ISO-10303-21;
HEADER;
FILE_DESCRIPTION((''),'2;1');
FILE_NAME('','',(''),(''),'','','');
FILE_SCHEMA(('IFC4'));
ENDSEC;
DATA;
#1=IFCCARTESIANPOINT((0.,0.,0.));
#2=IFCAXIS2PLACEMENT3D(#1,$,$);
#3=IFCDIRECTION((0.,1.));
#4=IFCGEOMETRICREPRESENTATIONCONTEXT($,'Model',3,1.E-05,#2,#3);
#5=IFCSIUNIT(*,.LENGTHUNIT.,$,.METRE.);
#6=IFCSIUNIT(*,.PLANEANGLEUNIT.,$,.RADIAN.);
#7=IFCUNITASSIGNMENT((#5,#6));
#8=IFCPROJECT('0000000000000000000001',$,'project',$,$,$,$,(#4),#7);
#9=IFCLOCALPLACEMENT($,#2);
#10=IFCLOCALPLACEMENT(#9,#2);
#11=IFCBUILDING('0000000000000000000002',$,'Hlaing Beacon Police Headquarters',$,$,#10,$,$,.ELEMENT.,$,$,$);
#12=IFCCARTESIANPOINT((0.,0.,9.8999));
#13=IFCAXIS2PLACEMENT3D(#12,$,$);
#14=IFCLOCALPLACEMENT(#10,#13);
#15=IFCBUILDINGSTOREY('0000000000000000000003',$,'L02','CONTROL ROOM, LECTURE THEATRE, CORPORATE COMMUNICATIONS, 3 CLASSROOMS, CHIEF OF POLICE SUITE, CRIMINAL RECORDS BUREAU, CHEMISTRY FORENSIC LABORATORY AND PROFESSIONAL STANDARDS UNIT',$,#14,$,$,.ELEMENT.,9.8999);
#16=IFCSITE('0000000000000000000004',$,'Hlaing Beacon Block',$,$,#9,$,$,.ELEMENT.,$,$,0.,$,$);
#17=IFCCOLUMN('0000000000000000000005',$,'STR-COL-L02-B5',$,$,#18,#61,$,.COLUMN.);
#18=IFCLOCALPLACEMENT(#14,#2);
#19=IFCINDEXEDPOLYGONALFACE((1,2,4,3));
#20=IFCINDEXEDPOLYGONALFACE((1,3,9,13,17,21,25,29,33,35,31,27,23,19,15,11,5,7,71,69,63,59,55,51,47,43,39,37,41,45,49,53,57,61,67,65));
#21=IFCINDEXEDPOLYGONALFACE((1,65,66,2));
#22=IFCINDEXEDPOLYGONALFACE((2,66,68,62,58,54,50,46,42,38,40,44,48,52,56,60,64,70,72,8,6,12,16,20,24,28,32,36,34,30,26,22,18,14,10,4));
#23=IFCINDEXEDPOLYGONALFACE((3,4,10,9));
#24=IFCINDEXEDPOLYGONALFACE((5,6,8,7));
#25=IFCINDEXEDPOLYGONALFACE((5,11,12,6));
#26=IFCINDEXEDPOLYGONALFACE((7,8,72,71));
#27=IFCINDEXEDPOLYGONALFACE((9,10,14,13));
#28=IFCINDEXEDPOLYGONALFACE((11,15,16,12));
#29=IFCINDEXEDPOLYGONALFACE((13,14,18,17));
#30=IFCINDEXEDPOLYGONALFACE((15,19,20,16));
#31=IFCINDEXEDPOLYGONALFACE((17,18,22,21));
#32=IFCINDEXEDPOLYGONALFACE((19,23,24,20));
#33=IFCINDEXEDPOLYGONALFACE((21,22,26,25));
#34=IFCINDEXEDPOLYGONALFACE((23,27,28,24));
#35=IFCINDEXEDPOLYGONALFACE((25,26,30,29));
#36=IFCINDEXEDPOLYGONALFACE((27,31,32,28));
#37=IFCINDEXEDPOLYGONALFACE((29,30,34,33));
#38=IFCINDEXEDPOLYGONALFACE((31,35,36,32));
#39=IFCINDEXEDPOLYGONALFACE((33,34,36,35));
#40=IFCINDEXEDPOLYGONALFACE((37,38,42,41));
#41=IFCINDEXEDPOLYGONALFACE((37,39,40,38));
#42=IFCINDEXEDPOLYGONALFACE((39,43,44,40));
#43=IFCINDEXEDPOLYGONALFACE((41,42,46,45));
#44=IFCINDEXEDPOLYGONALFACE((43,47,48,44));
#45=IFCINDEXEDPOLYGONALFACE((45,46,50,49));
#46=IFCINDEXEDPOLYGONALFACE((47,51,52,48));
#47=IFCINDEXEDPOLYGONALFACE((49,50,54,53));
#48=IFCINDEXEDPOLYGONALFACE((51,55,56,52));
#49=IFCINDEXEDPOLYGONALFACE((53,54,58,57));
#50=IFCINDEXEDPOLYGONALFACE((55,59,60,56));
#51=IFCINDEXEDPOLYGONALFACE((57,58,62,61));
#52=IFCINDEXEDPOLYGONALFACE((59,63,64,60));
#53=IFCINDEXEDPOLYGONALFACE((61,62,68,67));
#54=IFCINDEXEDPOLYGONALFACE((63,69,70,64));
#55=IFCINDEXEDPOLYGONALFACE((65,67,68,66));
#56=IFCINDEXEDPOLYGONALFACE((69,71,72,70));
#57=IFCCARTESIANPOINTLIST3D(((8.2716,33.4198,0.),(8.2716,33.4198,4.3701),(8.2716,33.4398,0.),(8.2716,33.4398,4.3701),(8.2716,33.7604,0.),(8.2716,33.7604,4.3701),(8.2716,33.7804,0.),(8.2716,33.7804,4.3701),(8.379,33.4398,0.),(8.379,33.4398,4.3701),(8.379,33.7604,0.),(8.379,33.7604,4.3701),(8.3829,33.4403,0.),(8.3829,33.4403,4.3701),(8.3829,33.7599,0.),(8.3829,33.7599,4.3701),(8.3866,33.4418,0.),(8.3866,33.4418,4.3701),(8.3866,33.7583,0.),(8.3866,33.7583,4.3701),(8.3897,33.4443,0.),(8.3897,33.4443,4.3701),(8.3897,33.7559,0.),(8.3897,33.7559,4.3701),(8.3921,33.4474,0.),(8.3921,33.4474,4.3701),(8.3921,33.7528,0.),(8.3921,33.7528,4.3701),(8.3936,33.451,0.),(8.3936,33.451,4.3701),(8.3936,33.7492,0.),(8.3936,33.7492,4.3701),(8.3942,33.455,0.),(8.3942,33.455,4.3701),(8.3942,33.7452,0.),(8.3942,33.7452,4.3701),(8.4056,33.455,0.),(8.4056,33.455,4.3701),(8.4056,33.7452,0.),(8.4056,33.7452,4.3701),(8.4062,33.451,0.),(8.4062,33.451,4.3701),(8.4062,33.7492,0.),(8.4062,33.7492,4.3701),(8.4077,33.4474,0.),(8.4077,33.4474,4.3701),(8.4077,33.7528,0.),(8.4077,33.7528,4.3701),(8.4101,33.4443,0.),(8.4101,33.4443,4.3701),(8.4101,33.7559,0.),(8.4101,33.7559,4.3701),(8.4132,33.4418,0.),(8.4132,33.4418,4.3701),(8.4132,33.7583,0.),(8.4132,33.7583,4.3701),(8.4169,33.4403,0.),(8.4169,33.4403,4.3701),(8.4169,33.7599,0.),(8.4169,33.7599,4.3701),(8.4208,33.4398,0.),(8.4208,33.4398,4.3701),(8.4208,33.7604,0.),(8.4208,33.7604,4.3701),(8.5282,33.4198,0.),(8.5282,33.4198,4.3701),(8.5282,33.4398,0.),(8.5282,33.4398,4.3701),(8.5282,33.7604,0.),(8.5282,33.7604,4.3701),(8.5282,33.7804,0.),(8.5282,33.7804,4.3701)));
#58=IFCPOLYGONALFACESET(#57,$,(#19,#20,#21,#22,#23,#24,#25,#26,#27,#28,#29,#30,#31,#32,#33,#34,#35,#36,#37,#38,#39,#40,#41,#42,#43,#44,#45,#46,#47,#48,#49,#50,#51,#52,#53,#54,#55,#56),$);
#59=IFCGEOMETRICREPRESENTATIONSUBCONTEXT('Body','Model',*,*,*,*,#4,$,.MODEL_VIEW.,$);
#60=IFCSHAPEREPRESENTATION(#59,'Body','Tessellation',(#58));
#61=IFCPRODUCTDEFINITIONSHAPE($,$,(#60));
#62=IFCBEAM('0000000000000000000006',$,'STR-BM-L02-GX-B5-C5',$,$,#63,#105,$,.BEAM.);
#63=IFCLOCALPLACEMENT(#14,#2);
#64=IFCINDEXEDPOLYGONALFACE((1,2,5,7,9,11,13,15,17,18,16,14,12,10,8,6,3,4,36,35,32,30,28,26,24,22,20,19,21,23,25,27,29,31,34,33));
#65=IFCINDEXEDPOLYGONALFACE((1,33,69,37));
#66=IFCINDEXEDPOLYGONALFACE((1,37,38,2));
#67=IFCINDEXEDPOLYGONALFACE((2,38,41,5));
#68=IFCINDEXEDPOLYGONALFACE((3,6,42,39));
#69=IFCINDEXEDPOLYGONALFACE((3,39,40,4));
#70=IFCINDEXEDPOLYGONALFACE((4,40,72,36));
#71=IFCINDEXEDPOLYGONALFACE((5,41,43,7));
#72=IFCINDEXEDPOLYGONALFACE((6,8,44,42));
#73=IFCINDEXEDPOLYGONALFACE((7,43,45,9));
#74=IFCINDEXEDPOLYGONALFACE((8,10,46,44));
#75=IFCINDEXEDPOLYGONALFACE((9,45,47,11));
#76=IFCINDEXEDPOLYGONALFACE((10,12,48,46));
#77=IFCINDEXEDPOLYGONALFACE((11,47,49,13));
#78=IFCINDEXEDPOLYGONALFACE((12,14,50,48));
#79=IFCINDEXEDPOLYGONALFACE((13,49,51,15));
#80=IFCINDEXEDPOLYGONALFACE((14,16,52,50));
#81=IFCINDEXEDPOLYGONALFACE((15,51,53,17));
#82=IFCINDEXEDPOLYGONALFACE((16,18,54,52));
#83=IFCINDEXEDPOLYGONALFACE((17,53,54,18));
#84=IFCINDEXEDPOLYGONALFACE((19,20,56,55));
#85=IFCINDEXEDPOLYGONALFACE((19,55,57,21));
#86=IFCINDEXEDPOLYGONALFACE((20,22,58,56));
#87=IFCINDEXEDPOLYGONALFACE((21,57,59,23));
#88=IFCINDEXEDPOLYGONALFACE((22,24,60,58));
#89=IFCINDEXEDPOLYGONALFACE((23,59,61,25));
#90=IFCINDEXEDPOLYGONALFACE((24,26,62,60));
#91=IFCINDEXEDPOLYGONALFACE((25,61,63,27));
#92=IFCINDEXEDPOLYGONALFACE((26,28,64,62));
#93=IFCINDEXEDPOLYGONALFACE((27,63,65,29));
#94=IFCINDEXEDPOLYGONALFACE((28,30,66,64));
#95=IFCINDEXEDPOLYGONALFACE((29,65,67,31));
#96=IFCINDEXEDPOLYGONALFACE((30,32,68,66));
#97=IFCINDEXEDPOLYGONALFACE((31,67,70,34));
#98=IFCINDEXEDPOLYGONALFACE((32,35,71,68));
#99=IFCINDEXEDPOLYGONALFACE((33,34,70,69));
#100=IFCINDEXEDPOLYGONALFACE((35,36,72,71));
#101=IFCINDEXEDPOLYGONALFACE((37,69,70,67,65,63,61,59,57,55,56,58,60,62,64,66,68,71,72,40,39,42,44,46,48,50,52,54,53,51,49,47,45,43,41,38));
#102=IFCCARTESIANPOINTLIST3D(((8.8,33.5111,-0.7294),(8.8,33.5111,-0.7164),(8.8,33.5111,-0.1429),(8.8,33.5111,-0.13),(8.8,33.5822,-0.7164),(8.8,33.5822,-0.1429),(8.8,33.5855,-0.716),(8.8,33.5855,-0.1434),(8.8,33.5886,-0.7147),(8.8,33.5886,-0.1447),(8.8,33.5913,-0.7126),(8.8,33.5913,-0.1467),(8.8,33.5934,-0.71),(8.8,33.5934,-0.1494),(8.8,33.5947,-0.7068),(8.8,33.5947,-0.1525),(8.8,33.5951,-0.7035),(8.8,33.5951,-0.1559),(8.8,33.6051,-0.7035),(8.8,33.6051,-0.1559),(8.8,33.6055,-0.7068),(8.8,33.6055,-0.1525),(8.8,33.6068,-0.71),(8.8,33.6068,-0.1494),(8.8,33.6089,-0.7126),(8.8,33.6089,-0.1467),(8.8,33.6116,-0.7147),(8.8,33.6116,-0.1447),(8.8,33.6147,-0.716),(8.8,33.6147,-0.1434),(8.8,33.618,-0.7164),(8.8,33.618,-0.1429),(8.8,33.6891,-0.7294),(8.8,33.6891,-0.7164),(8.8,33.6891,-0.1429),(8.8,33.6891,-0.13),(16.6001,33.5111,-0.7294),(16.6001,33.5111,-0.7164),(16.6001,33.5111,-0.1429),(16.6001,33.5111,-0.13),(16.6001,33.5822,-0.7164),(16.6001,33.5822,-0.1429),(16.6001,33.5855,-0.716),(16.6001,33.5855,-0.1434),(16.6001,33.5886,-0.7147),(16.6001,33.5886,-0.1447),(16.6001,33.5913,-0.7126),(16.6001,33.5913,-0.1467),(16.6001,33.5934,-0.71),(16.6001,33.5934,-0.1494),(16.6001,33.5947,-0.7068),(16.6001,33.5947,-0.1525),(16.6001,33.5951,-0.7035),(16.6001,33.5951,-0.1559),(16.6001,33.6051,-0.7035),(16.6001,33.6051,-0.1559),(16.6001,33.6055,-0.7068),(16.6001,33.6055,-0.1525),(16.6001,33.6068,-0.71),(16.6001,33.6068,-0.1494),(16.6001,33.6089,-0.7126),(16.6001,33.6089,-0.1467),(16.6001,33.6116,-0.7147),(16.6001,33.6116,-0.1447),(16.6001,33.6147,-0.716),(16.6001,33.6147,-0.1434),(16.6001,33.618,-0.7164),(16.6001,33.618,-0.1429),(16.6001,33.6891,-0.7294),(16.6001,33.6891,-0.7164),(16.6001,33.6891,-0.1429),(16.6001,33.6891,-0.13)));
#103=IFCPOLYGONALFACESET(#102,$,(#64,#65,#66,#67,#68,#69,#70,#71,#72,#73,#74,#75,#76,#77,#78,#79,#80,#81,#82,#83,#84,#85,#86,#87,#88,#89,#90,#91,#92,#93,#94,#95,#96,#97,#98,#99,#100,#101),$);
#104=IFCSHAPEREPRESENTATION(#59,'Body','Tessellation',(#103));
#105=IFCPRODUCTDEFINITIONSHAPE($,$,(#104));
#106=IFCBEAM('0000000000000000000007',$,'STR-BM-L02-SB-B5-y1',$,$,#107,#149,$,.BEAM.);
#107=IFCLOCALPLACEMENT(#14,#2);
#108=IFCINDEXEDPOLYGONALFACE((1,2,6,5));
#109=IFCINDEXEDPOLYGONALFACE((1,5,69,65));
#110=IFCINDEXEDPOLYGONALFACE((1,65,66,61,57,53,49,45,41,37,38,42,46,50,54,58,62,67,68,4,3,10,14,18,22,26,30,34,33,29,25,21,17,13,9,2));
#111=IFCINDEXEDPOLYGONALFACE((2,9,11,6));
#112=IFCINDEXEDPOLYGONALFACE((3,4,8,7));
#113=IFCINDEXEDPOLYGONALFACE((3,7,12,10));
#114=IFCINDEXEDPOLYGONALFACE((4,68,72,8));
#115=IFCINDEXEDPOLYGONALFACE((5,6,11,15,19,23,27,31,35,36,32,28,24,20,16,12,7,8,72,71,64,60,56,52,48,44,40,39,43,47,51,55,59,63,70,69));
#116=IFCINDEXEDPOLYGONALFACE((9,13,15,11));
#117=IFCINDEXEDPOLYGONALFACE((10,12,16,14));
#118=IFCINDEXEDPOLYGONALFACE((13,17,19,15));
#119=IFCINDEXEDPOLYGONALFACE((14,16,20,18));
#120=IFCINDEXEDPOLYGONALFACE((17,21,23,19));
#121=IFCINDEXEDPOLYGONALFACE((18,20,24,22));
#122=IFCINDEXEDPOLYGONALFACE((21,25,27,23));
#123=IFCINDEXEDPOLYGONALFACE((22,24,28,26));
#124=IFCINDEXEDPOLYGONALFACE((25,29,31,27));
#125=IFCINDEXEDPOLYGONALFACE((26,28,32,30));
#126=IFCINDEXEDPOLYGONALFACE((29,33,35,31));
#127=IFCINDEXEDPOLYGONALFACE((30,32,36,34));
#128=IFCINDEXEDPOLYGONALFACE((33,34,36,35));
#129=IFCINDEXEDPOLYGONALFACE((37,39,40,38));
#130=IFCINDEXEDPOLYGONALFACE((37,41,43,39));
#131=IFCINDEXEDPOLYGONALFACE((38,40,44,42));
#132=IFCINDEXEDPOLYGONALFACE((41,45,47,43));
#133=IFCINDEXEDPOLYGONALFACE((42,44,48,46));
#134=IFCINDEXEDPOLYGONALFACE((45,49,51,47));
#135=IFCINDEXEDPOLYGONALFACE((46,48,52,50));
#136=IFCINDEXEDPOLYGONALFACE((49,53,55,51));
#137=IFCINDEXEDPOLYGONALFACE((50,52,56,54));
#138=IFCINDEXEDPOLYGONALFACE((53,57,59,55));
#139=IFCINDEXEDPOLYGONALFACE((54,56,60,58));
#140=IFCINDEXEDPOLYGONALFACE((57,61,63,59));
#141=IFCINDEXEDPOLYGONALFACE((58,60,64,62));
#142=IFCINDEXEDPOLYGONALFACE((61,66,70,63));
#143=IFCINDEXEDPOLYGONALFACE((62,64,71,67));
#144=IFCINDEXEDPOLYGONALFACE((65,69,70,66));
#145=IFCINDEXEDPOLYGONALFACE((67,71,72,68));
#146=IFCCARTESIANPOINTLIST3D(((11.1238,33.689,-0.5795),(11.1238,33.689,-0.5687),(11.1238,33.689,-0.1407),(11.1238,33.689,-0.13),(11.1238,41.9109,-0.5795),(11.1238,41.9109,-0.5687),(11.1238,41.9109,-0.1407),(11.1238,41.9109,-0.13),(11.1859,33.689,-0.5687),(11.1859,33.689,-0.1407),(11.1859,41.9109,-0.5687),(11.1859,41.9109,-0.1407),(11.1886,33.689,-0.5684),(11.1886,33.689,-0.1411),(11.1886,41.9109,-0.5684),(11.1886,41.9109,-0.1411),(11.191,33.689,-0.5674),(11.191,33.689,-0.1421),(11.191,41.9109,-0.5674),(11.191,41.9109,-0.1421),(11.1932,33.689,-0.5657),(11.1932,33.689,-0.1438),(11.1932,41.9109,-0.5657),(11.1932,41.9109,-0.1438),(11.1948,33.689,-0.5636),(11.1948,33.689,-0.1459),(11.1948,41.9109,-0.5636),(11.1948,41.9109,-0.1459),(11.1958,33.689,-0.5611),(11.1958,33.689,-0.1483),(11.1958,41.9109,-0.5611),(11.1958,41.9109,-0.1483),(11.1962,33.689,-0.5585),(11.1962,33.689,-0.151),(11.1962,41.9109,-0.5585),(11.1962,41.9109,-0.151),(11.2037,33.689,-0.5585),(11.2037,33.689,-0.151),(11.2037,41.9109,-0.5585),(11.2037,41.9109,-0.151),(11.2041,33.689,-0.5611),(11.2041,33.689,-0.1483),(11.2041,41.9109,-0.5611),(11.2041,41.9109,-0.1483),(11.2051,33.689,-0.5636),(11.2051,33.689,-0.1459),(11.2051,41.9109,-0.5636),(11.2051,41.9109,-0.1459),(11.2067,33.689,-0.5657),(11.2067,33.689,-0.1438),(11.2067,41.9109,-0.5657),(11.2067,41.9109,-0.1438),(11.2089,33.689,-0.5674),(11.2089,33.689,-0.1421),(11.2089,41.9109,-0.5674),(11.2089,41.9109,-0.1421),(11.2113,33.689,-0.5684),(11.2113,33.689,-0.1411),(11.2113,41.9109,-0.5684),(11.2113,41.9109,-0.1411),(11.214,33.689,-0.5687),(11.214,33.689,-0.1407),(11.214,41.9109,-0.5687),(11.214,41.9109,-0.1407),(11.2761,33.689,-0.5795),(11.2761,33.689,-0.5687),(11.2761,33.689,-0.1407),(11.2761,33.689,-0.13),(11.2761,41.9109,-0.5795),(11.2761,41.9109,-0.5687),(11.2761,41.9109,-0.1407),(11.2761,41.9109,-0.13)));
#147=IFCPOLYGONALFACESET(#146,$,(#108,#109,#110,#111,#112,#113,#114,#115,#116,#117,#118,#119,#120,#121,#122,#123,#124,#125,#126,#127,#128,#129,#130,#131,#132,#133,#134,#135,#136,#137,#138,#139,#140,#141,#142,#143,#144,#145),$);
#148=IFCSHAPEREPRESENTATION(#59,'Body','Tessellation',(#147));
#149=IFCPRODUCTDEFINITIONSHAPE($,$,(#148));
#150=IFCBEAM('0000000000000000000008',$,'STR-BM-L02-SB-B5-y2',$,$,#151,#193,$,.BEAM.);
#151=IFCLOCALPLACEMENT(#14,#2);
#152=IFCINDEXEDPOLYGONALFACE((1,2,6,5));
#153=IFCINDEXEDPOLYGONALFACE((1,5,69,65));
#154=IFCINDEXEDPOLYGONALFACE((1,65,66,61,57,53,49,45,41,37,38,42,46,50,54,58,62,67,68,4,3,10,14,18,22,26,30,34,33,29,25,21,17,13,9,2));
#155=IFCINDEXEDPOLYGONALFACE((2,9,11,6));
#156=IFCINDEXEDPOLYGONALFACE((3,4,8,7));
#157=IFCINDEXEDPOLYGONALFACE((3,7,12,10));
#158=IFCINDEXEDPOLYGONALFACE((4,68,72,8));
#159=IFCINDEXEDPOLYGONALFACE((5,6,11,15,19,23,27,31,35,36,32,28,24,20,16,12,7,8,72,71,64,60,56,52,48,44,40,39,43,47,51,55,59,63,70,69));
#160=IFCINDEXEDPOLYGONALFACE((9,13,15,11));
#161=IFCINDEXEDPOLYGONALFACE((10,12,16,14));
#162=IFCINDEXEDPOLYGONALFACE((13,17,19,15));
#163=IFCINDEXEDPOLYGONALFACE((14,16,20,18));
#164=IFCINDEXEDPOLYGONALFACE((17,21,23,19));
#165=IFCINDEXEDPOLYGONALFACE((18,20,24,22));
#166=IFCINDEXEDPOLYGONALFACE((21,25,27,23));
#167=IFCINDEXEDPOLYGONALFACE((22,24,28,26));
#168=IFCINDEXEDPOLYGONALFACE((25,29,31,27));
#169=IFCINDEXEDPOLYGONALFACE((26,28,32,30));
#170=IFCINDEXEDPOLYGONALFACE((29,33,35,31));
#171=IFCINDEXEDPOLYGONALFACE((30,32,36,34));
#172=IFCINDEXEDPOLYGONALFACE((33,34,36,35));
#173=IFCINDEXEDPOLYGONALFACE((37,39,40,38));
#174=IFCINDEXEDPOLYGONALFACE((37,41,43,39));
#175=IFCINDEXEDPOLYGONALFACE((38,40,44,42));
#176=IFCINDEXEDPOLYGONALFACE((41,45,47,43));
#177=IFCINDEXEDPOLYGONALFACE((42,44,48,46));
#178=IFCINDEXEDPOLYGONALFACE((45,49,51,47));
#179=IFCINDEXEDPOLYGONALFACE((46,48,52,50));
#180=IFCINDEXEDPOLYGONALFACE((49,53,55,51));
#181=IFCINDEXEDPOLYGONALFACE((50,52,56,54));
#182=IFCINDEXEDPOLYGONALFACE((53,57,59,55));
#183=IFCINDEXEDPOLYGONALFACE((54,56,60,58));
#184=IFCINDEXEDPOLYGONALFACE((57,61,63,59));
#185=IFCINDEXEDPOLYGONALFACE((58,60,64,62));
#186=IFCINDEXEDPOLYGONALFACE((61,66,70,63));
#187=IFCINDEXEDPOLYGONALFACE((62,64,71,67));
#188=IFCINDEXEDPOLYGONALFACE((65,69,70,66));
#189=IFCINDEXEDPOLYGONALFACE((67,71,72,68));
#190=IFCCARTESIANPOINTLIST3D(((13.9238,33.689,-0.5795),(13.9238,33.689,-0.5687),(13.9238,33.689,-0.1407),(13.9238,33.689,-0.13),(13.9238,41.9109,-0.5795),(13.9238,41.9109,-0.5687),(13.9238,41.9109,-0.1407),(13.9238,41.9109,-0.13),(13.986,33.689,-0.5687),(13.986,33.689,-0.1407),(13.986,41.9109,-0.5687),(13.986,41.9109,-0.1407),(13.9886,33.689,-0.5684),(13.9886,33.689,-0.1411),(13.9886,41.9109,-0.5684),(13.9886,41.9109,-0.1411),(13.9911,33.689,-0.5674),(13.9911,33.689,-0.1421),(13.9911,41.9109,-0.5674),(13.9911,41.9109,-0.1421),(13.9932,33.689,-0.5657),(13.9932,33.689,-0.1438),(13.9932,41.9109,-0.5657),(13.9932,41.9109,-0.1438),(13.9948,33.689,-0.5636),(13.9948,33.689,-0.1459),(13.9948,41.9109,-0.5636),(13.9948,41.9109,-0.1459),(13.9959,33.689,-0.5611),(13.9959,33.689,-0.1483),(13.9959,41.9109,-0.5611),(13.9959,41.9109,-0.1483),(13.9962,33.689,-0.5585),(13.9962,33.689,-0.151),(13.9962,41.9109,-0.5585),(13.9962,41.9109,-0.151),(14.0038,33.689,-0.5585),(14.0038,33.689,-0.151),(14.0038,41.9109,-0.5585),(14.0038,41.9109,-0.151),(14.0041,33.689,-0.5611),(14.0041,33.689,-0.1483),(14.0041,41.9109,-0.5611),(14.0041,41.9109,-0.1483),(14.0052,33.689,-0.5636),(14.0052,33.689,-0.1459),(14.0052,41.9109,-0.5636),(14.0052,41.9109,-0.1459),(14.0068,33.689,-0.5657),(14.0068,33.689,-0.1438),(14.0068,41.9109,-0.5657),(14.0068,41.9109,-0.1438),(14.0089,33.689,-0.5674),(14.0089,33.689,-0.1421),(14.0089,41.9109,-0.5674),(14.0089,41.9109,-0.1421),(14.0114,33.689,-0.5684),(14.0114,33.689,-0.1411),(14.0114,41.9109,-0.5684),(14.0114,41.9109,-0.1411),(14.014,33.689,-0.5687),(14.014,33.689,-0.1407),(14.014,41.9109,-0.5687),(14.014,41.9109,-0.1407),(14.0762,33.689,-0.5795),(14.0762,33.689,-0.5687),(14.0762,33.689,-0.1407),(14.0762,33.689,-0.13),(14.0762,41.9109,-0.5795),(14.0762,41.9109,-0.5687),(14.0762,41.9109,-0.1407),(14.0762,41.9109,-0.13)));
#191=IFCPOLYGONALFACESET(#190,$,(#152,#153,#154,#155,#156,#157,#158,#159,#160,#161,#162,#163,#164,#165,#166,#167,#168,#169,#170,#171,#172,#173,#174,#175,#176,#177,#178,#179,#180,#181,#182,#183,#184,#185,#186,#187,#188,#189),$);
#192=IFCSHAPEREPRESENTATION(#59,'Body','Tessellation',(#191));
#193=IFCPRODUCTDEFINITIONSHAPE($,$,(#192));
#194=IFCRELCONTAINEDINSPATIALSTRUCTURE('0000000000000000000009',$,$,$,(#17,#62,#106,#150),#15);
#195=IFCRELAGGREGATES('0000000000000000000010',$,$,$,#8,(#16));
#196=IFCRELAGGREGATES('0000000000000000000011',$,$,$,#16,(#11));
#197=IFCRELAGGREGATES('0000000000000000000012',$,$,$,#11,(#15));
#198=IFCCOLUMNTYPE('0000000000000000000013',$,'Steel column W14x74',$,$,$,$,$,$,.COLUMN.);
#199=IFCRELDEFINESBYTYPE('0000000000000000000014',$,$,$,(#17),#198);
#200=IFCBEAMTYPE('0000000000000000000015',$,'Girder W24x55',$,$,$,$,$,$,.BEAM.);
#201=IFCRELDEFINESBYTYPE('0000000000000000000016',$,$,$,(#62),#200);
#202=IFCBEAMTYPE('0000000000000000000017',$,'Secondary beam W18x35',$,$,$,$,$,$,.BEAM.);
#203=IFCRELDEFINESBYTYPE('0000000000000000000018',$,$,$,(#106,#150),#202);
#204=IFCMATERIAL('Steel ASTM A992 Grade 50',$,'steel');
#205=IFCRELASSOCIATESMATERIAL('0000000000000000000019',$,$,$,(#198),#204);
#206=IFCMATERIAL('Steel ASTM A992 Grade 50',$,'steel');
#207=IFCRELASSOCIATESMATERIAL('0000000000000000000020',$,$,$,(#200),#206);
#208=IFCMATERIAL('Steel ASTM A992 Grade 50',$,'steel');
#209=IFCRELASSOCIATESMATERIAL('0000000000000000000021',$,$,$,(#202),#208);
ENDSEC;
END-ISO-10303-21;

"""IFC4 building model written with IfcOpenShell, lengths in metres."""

from ifc_helpers import new_model, si_unit, direction, frame, origin, origin_2d, place, context, subcontext, project, spatial, i_section, extrude, material, material_profile, profile_set, type_object, element, save


model = new_model("IFC4")

# Units and contexts
model_context = context("Model", 3, precision=1e-05, world=origin(), true_north=direction((0.0, 1.0)))
body_context = subcontext(model_context, "Body", "Model", "MODEL_VIEW")
ifc_project = project(units=[si_unit("LENGTHUNIT", "METRE"), si_unit("PLANEANGLEUNIT", "RADIAN")], contexts=[model_context])

# Site, building, storey
site_placement = place(None, origin())
site = spatial("IfcSite", under=ifc_project, at=site_placement, Name="Hlaing Beacon Block", CompositionType="ELEMENT", RefElevation=0.0)
building_placement = place(site_placement, origin())
building = spatial("IfcBuilding", under=site, at=building_placement, Name="Hlaing Beacon Police Headquarters", CompositionType="ELEMENT")
storey_placement = place(building_placement, frame((0.0, 0.0, 9.8999)))
storey = spatial("IfcBuildingStorey", under=building, at=storey_placement, Name="L02", Description="CONTROL ROOM, LECTURE THEATRE, CORPORATE COMMUNICATIONS, 3 CLASSROOMS, CHIEF OF POLICE SUITE, CRIMINAL RECORDS BUREAU, CHEMISTRY FORENSIC LABORATORY AND PROFESSIONAL STANDARDS UNIT", CompositionType="ELEMENT", Elevation=9.8999)

# Column
ifc_material_1 = material(Name="Steel ASTM A992 Grade 50", Category="steel")
ifc_material_profile_1 = material_profile(ifc_material_1, i_section(OverallWidth=0.2566, OverallDepth=0.3606, WebThickness=0.0115, FlangeThickness=0.02, FilletRadius=0.0151, at=origin_2d()), Name="W14x74")
ifc_profile_set_1 = profile_set([ifc_material_profile_1], Name="Steel ASTM A992 Grade 50")
column_type = type_object("IfcColumnType", Name="Steel column W14x74", PredefinedType="COLUMN", material=ifc_profile_set_1)
column_placement = place(storey_placement, frame((8.3999, 33.6001, 0.0), z_axis=(0.0, 0.0, 1.0), x_axis=(1.0, 0.0, 0.0)))
element("IfcColumn", 1, at=column_placement, inside=storey, type_object=column_type, Name="STR-COL-L02-B5", PredefinedType="COLUMN", context=body_context, shape_type="SweptSolid", body=[
    extrude(i_section(OverallWidth=0.2566, OverallDepth=0.3606, WebThickness=0.0115, FlangeThickness=0.02, FilletRadius=0.0151, at=origin_2d()), origin(), (0.0, 0.0, 1.0), 4.3701),
])

# Beams
ifc_material_2 = material(Name="Steel ASTM A992 Grade 50", Category="steel")
ifc_material_profile_2 = material_profile(ifc_material_2, i_section(OverallWidth=0.178, OverallDepth=0.5994, WebThickness=0.01, FlangeThickness=0.0129, FilletRadius=0.0129, at=origin_2d()), Name="W24x55")
ifc_profile_set_2 = profile_set([ifc_material_profile_2], Name="Steel ASTM A992 Grade 50")
beam_type_1 = type_object("IfcBeamType", Name="Girder W24x55", PredefinedType="BEAM", material=ifc_profile_set_2)
beam_1_placement = place(storey_placement, frame((8.8, 33.6001, -0.4297), z_axis=(1.0, 0.0, 0.0), x_axis=(0.0, 1.0, 0.0)))
element("IfcBeam", 2, at=beam_1_placement, inside=storey, type_object=beam_type_1, Name="STR-BM-L02-GX-B5-C5", PredefinedType="BEAM", context=body_context, shape_type="SweptSolid", body=[
    extrude(i_section(OverallWidth=0.178, OverallDepth=0.5994, WebThickness=0.01, FlangeThickness=0.0129, FilletRadius=0.0129, at=origin_2d()), origin(), (0.0, 0.0, 1.0), 7.8),
])
ifc_material_3 = material(Name="Steel ASTM A992 Grade 50", Category="steel")
ifc_material_profile_3 = material_profile(ifc_material_3, i_section(OverallWidth=0.1523, OverallDepth=0.4495, WebThickness=0.0076, FlangeThickness=0.0107, FilletRadius=0.0103, at=origin_2d()), Name="W18x35")
ifc_profile_set_3 = profile_set([ifc_material_profile_3], Name="Steel ASTM A992 Grade 50")
beam_type_2 = type_object("IfcBeamType", Name="Secondary beam W18x35", PredefinedType="BEAM", material=ifc_profile_set_3)
for number, where, z_axis, x_axis, name in (
    (3, (11.2, 33.689, -0.3547), (0.0, 1.0, 0.0), (-1.0, 0.0, 0.0), "STR-BM-L02-SB-B5-y1"),
    (4, (14.0, 33.689, -0.3547), (0.0, 1.0, 0.0), (-1.0, 0.0, 0.0), "STR-BM-L02-SB-B5-y2"),
):
    element("IfcBeam", number, at=place(storey_placement, frame(where, z_axis=z_axis, x_axis=x_axis)), inside=storey, type_object=beam_type_2, Name=name, PredefinedType="BEAM", context=body_context, shape_type="SweptSolid", body=[
        extrude(i_section(OverallWidth=0.1523, OverallDepth=0.4495, WebThickness=0.0076, FlangeThickness=0.0107, FilletRadius=0.0103, at=origin_2d()), origin(), (0.0, 0.0, 1.0), 8.2219),
    ])

save(model, "model.ifc")
